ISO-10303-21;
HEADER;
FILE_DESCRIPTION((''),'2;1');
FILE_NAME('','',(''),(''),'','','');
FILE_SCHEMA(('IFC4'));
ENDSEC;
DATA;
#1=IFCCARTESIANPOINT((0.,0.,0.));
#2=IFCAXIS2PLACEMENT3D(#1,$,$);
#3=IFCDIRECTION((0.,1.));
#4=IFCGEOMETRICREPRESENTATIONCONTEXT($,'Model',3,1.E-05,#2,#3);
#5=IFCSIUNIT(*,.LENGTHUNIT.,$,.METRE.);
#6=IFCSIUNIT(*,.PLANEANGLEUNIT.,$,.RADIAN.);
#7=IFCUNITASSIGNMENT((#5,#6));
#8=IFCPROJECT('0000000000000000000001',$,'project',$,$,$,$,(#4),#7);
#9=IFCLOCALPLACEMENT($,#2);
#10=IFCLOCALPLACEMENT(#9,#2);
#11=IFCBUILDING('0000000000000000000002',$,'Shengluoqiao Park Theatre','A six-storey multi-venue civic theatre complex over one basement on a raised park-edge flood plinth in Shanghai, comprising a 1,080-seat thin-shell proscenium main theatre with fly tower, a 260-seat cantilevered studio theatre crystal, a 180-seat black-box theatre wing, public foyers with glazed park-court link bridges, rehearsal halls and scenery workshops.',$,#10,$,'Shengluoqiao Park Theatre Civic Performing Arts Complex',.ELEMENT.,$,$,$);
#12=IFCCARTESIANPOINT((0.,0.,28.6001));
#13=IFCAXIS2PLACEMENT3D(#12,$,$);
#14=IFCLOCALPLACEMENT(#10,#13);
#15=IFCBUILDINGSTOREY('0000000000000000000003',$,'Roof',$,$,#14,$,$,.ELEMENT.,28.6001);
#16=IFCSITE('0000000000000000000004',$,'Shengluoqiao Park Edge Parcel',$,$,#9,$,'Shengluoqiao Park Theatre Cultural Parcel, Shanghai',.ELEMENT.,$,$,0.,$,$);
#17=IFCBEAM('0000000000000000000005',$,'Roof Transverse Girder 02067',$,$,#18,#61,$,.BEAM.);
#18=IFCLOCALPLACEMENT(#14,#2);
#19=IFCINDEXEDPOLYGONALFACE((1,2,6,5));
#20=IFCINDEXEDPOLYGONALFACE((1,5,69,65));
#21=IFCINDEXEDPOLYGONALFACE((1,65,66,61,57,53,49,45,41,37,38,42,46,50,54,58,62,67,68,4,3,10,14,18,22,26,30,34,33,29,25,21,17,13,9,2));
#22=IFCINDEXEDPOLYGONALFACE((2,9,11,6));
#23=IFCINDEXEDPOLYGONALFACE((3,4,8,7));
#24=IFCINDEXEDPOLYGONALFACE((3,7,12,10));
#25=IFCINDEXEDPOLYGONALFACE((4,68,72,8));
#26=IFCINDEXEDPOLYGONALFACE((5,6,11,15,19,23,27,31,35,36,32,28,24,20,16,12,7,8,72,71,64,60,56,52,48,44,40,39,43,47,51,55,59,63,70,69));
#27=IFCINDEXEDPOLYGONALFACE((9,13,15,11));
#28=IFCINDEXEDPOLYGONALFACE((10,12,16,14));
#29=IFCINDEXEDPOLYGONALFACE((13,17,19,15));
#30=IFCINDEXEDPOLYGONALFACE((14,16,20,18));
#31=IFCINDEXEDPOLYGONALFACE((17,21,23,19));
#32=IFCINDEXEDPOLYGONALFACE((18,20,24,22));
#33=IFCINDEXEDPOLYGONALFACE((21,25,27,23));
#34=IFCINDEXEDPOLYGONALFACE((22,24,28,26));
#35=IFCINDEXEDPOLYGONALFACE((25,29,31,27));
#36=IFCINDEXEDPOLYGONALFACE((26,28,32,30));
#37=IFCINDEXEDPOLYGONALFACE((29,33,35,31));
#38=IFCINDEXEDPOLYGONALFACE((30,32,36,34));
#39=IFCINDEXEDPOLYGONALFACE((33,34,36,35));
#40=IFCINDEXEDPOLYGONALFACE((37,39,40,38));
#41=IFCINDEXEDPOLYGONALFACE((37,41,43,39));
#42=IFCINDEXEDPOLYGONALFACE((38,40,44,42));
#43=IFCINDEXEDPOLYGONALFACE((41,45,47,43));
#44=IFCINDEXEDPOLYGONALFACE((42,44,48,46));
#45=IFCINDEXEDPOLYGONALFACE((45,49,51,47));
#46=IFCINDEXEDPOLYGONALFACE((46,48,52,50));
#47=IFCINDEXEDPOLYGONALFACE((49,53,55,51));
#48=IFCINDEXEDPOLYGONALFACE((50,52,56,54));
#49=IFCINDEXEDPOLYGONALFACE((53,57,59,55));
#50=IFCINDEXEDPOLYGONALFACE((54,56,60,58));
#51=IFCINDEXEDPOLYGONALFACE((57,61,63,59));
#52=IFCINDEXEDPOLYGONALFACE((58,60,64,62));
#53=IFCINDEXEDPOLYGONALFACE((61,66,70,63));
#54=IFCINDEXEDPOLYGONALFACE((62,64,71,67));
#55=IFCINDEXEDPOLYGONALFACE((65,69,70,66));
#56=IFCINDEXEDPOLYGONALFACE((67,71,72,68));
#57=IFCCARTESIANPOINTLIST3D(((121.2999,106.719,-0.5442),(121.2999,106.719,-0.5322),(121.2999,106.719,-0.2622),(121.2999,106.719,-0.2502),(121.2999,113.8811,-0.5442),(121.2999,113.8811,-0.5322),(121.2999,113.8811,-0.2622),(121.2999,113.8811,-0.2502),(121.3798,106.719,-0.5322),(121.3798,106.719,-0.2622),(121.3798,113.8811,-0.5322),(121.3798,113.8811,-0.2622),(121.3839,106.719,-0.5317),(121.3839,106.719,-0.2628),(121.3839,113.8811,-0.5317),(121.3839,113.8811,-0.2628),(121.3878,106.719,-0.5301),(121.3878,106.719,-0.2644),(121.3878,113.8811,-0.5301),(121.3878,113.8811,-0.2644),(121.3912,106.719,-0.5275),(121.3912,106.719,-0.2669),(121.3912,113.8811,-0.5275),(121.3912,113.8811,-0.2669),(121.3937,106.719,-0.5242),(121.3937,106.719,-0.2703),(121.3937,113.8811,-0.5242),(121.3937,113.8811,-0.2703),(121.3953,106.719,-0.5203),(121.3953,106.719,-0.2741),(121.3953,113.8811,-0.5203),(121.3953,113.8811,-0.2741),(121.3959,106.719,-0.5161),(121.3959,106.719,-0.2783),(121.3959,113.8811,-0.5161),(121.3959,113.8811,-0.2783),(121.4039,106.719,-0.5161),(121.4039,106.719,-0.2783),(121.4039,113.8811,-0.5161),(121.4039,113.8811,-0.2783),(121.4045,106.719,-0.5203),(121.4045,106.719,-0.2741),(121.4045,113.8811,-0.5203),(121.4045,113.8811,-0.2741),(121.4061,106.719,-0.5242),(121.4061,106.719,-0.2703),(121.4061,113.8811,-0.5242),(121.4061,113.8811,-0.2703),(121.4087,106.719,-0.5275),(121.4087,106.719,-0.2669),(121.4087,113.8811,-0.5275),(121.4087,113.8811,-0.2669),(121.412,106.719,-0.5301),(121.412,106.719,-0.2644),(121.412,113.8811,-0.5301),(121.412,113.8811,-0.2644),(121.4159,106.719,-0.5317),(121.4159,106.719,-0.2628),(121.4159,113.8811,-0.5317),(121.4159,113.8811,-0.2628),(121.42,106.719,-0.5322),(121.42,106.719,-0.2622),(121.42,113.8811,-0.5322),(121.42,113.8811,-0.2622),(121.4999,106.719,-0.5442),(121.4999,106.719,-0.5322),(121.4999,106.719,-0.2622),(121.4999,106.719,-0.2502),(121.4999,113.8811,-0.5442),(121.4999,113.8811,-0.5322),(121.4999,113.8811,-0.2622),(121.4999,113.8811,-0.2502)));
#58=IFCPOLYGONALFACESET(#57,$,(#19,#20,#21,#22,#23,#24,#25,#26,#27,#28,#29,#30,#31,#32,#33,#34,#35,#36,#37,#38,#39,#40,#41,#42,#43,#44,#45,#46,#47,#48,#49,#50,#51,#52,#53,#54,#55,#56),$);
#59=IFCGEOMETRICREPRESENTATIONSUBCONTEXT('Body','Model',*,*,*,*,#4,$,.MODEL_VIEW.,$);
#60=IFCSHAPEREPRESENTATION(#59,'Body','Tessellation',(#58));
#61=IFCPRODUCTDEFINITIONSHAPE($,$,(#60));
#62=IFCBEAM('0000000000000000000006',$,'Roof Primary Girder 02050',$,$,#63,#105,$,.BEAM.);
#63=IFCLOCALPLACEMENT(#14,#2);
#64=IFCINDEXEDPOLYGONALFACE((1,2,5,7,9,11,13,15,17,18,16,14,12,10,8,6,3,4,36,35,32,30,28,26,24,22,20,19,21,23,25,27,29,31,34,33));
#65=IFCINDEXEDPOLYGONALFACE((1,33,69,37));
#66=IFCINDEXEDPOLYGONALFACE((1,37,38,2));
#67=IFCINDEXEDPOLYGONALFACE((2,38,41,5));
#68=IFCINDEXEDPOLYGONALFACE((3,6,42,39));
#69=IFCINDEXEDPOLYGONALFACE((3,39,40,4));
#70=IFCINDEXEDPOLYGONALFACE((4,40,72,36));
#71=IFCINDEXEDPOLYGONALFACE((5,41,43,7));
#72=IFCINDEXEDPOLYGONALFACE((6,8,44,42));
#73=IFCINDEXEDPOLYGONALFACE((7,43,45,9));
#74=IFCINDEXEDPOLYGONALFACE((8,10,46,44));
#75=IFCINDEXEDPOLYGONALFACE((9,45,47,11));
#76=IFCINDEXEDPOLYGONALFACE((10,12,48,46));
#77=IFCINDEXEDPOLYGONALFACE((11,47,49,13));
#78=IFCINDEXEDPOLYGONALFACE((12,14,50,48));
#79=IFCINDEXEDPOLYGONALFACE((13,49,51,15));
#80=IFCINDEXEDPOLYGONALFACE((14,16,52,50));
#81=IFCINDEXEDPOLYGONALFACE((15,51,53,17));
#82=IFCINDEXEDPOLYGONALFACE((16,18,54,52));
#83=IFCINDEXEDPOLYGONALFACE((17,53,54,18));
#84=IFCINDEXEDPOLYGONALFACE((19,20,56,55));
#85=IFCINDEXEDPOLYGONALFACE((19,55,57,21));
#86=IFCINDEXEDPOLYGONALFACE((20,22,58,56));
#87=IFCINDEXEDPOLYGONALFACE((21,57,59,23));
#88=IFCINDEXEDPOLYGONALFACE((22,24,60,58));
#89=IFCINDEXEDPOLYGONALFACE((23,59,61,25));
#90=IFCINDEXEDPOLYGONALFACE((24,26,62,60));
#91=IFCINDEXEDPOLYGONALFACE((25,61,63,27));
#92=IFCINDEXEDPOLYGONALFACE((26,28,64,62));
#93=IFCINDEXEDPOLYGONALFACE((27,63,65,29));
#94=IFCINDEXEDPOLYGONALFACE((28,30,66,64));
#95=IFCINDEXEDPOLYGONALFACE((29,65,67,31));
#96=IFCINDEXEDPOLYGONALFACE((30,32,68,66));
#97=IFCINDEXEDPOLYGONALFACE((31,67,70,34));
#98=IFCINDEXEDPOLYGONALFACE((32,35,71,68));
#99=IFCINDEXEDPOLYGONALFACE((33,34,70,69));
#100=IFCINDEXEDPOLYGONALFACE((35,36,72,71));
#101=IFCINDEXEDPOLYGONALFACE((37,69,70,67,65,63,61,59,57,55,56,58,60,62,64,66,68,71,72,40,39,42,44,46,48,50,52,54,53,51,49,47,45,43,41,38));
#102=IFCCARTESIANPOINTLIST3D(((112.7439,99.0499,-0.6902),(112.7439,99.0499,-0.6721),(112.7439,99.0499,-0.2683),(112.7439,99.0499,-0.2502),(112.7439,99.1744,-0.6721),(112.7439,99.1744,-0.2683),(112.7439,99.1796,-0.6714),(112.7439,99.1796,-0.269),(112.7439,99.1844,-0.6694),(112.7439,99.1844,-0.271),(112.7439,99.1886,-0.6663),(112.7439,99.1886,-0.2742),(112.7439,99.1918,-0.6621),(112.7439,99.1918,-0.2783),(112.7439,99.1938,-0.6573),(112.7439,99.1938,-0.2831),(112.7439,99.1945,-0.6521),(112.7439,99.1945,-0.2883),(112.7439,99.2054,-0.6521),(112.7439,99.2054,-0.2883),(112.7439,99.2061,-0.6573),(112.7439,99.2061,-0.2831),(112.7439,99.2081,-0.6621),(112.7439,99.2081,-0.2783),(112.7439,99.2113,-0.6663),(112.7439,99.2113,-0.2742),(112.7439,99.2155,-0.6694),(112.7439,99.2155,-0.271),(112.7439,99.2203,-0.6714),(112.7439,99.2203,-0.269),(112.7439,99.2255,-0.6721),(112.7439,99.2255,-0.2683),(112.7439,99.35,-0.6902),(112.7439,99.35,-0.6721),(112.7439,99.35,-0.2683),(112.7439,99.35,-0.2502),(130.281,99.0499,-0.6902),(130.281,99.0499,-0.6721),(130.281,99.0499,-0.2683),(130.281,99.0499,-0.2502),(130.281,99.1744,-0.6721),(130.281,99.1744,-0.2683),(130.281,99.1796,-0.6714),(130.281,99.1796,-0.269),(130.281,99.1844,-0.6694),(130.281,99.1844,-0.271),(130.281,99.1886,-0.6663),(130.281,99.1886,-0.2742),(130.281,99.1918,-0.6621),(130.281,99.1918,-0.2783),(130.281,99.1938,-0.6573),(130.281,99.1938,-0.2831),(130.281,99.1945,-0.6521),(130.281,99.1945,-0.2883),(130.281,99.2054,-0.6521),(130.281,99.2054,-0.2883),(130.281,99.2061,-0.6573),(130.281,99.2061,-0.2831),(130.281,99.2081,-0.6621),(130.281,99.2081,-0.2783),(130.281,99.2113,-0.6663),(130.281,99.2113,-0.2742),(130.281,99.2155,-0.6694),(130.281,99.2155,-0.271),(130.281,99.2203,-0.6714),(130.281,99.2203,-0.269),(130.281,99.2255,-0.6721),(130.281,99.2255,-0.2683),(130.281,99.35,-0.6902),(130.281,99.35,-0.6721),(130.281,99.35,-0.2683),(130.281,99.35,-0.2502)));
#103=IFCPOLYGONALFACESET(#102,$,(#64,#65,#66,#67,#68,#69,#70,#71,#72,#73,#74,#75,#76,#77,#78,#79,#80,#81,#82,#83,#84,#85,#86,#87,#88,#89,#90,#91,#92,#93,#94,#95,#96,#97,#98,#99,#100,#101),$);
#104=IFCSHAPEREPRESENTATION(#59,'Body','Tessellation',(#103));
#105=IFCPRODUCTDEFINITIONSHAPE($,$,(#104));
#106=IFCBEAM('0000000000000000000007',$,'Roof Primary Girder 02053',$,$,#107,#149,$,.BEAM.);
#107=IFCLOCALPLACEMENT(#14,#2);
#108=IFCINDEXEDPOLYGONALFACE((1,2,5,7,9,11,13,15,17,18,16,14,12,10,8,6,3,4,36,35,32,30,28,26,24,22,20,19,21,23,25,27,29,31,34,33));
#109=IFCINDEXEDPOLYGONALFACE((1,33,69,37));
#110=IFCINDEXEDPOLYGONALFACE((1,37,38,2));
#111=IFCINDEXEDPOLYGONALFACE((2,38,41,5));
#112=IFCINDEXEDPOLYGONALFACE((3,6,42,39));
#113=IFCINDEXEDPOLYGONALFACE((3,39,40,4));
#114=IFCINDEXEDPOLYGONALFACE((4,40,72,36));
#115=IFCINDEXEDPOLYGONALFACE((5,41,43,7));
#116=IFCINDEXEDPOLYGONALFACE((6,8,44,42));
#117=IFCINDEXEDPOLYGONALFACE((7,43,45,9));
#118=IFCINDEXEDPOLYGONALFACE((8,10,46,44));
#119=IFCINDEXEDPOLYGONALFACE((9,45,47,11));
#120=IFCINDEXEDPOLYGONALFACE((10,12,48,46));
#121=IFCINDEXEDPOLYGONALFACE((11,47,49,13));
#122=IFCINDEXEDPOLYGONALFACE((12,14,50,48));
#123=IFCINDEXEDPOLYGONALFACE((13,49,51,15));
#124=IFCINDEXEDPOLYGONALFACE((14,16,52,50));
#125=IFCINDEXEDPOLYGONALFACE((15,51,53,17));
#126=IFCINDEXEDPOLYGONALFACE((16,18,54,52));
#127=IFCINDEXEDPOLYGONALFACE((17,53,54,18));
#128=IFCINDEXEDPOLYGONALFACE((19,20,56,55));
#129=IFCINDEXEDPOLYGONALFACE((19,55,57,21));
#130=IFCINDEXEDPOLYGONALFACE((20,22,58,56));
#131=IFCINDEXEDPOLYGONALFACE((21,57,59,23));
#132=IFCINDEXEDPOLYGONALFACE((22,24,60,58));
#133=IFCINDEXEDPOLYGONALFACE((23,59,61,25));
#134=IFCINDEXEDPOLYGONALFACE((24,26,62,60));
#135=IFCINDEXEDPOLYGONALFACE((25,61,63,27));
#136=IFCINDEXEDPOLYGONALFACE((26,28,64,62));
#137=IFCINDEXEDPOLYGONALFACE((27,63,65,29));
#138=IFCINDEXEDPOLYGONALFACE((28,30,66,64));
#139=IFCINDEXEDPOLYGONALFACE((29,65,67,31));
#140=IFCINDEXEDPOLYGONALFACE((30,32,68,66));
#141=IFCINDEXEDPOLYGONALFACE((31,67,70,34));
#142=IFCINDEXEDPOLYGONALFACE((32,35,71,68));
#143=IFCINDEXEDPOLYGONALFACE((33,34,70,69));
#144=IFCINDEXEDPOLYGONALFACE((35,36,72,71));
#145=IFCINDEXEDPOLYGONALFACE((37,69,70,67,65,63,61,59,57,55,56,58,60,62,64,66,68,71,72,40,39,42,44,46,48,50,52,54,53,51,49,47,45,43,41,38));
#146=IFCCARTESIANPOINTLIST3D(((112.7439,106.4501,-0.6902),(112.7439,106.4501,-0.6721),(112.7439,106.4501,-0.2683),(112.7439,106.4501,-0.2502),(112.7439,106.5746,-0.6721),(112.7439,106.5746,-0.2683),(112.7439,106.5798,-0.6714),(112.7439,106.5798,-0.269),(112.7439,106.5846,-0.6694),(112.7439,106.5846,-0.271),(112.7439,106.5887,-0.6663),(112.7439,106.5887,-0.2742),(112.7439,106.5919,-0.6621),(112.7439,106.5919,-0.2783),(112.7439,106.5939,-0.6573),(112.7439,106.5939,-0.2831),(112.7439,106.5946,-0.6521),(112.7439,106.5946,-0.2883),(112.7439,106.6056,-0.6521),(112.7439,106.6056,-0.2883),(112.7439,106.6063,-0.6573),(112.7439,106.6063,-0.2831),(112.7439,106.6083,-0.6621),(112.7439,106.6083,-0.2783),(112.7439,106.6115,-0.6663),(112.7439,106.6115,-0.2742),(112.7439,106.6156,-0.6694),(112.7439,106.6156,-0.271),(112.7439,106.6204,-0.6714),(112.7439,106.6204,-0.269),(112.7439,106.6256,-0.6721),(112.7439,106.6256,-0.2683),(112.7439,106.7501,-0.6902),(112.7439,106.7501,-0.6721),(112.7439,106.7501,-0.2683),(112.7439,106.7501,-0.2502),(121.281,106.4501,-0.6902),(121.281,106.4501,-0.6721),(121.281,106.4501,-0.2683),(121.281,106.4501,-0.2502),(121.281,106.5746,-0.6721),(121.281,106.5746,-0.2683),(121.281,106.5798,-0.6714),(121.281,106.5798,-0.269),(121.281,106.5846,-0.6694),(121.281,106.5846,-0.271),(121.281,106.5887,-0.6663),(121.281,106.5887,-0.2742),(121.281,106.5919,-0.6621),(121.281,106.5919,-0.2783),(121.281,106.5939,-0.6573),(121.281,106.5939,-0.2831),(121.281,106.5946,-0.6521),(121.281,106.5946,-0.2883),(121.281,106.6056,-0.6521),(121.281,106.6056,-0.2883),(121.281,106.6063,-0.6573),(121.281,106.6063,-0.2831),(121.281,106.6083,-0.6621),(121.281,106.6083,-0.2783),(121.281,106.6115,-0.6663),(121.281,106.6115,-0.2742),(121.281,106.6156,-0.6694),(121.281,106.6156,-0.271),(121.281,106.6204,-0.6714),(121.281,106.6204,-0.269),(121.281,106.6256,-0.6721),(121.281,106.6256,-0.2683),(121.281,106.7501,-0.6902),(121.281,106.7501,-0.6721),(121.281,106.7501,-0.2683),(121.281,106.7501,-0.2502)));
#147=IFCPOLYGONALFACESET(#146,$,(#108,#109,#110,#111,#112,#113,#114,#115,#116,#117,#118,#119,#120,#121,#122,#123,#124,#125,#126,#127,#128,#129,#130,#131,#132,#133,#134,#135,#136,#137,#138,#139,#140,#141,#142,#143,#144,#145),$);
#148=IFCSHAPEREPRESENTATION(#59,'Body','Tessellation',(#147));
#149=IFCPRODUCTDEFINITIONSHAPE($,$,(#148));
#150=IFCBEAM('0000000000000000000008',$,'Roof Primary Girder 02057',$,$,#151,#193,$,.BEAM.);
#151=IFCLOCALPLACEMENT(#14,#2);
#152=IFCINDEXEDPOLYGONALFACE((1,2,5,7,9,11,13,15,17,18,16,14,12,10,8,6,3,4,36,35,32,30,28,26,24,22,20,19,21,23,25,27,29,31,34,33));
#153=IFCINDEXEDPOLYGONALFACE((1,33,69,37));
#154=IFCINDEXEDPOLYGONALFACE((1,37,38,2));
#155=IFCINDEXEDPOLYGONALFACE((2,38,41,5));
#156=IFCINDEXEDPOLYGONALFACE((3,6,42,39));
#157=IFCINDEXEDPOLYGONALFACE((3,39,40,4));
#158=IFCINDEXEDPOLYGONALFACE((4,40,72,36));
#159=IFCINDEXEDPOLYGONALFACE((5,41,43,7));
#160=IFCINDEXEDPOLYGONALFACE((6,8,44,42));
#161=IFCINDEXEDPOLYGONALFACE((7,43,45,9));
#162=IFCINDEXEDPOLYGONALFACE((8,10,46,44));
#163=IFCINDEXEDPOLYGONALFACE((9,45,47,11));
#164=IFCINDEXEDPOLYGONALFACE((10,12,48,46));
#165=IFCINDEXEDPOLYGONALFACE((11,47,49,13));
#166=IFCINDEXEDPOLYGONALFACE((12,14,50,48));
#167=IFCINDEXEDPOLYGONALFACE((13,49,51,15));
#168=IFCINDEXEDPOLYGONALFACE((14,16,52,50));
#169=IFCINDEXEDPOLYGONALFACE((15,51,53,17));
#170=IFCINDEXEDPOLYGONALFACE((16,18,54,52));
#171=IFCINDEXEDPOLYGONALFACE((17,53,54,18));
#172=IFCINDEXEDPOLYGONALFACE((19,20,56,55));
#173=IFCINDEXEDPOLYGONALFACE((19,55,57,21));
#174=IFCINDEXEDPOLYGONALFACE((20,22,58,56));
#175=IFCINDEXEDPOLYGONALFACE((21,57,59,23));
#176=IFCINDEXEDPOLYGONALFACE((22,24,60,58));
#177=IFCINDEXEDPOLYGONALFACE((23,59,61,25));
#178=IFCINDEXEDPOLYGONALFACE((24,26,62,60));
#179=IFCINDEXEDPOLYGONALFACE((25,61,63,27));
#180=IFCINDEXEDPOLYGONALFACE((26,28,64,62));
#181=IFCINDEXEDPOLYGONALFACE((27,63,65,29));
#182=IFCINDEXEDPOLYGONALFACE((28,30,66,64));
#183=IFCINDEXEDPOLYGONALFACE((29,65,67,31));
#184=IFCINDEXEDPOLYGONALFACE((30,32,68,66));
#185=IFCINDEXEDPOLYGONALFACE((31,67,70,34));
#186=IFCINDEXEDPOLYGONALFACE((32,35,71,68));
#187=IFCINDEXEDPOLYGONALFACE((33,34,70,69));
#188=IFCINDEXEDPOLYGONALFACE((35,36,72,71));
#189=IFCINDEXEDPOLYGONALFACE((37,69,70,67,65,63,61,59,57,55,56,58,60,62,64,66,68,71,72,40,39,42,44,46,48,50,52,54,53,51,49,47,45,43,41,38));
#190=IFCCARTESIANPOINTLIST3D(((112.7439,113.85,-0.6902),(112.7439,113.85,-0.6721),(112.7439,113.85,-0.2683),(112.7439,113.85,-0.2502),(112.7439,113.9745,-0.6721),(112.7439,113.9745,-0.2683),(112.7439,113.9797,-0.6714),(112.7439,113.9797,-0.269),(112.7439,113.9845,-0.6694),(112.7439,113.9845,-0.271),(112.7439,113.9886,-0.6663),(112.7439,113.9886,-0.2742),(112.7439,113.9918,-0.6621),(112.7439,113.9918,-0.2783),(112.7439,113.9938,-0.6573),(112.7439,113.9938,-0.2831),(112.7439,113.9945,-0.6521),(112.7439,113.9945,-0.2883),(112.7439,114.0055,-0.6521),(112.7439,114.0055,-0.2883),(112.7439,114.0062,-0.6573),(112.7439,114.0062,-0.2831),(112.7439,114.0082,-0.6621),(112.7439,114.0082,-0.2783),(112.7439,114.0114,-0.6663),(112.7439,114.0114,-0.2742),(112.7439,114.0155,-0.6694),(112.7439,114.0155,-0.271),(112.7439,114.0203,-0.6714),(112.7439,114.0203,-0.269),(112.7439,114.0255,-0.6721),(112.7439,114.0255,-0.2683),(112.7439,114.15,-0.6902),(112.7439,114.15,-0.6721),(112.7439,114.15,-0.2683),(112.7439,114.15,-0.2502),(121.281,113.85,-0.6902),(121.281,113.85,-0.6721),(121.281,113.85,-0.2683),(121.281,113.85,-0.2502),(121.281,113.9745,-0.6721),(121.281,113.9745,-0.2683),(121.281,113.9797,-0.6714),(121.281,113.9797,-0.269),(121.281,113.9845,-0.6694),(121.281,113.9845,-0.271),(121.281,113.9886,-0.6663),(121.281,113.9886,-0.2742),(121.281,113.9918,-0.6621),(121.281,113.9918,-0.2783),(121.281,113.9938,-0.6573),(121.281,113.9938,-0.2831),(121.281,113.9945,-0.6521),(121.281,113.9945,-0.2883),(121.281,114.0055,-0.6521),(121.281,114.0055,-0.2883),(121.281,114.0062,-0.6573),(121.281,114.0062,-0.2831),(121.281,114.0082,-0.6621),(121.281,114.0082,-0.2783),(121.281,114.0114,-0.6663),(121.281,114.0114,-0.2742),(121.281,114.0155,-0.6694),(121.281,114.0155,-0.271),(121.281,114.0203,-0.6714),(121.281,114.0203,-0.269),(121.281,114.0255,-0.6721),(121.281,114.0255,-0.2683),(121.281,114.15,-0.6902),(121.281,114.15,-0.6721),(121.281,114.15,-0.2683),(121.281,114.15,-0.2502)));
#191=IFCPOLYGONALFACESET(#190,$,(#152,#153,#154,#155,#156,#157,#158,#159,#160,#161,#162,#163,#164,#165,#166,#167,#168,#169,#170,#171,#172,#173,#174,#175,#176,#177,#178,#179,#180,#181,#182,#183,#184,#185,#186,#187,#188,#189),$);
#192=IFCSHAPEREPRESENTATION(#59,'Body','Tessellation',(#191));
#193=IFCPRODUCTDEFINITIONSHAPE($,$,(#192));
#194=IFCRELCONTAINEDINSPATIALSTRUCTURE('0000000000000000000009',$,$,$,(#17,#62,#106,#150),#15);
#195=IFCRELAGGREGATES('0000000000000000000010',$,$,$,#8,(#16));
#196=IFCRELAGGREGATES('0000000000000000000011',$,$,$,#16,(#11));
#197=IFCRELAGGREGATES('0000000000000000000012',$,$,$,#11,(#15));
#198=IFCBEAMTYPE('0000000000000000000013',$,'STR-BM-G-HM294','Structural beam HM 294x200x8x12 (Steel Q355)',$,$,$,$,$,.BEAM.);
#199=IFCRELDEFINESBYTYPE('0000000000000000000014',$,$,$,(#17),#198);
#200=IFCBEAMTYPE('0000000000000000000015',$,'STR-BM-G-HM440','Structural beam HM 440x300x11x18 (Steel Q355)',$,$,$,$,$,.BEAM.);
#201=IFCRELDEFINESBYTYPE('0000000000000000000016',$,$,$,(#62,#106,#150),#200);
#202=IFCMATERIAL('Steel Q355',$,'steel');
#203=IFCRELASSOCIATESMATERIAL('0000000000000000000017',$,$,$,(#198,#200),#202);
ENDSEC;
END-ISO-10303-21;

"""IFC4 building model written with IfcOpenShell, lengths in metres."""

from ifc_helpers import new_model, si_unit, direction, frame, origin, origin_2d, place, context, subcontext, project, spatial, i_section, extrude, material, material_profile, profile_set, type_object, element, save


model = new_model("IFC4")

# Units and contexts
model_context = context("Model", 3, precision=1e-05, world=origin(), true_north=direction((0.0, 1.0)))
body_context = subcontext(model_context, "Body", "Model", "MODEL_VIEW")
ifc_project = project(units=[si_unit("LENGTHUNIT", "METRE"), si_unit("PLANEANGLEUNIT", "RADIAN")], contexts=[model_context])

# Site, building, storey
site_placement = place(None, origin())
site = spatial("IfcSite", under=ifc_project, at=site_placement, Name="Shengluoqiao Park Edge Parcel", LongName="Shengluoqiao Park Theatre Cultural Parcel, Shanghai", CompositionType="ELEMENT", RefElevation=0.0)
building_placement = place(site_placement, origin())
building = spatial("IfcBuilding", under=site, at=building_placement, Name="Shengluoqiao Park Theatre", Description="A six-storey multi-venue civic theatre complex over one basement on a raised park-edge flood plinth in Shanghai, comprising a 1,080-seat thin-shell proscenium main theatre with fly tower, a 260-seat cantilevered studio theatre crystal, a 180-seat black-box theatre wing, public foyers with glazed park-court link bridges, rehearsal halls and scenery workshops.", LongName="Shengluoqiao Park Theatre Civic Performing Arts Complex", CompositionType="ELEMENT")
storey_placement = place(building_placement, frame((0.0, 0.0, 28.6001)))
storey = spatial("IfcBuildingStorey", under=building, at=storey_placement, Name="Roof", CompositionType="ELEMENT", Elevation=28.6001)

# Beams
ifc_material_1 = material(Name="Steel Q355", Category="steel")
ifc_material_profile_1 = material_profile(ifc_material_1, i_section(OverallWidth=0.2, OverallDepth=0.2939, WebThickness=0.0081, FlangeThickness=0.012, FilletRadius=0.0161, at=origin_2d()), Name="HM 294x200x8x12")
ifc_profile_set_1 = profile_set([ifc_material_profile_1], Name="Steel Q355")
beam_type_1 = type_object("IfcBeamType", Name="STR-BM-G-HM294", Description="Structural beam HM 294x200x8x12 (Steel Q355)", PredefinedType="BEAM", material=ifc_profile_set_1)
beam_1_placement = place(storey_placement, frame((121.3999, 106.719, -0.3972), z_axis=(0.0, 1.0, 0.0), x_axis=(-1.0, 0.0, 0.0)))
element("IfcBeam", 1, at=beam_1_placement, inside=storey, type_object=beam_type_1, Name="Roof Transverse Girder 02067", PredefinedType="BEAM", context=body_context, shape_type="SweptSolid", body=[
    extrude(i_section(OverallWidth=0.2, OverallDepth=0.2939, WebThickness=0.0081, FlangeThickness=0.012, FilletRadius=0.0161, at=origin_2d()), origin(), (0.0, 0.0, 1.0), 7.1621),
])
ifc_material_profile_2 = material_profile(ifc_material_1, i_section(OverallWidth=0.3, OverallDepth=0.4399, WebThickness=0.011, FlangeThickness=0.0181, FilletRadius=0.02, at=origin_2d()), Name="HM 440x300x11x18")
ifc_profile_set_2 = profile_set([ifc_material_profile_2], Name="Steel Q355")
beam_type_2 = type_object("IfcBeamType", Name="STR-BM-G-HM440", Description="Structural beam HM 440x300x11x18 (Steel Q355)", PredefinedType="BEAM", material=ifc_profile_set_2)
beam_2_placement = place(storey_placement, frame((112.7439, 99.2, -0.4702), z_axis=(1.0, 0.0, 0.0), x_axis=(0.0, 1.0, 0.0)))
element("IfcBeam", 2, at=beam_2_placement, inside=storey, type_object=beam_type_2, Name="Roof Primary Girder 02050", PredefinedType="BEAM", context=body_context, shape_type="SweptSolid", body=[
    extrude(i_section(OverallWidth=0.3, OverallDepth=0.4399, WebThickness=0.011, FlangeThickness=0.0181, FilletRadius=0.02, at=origin_2d()), origin(), (0.0, 0.0, 1.0), 17.5371),
])
for number, where, z_axis, x_axis, name in (
    (3, (112.7439, 106.6001, -0.4702), (1.0, 0.0, 0.0), (0.0, 1.0, 0.0), "Roof Primary Girder 02053"),
    (4, (112.7439, 114.0, -0.4702), (1.0, 0.0, 0.0), (0.0, 1.0, 0.0), "Roof Primary Girder 02057"),
):
    element("IfcBeam", number, at=place(storey_placement, frame(where, z_axis=z_axis, x_axis=x_axis)), inside=storey, type_object=beam_type_2, Name=name, PredefinedType="BEAM", context=body_context, shape_type="SweptSolid", body=[
        extrude(i_section(OverallWidth=0.3, OverallDepth=0.4399, WebThickness=0.011, FlangeThickness=0.0181, FilletRadius=0.02, at=origin_2d()), origin(), (0.0, 0.0, 1.0), 8.5371),
    ])

save(model, "model.ifc")
